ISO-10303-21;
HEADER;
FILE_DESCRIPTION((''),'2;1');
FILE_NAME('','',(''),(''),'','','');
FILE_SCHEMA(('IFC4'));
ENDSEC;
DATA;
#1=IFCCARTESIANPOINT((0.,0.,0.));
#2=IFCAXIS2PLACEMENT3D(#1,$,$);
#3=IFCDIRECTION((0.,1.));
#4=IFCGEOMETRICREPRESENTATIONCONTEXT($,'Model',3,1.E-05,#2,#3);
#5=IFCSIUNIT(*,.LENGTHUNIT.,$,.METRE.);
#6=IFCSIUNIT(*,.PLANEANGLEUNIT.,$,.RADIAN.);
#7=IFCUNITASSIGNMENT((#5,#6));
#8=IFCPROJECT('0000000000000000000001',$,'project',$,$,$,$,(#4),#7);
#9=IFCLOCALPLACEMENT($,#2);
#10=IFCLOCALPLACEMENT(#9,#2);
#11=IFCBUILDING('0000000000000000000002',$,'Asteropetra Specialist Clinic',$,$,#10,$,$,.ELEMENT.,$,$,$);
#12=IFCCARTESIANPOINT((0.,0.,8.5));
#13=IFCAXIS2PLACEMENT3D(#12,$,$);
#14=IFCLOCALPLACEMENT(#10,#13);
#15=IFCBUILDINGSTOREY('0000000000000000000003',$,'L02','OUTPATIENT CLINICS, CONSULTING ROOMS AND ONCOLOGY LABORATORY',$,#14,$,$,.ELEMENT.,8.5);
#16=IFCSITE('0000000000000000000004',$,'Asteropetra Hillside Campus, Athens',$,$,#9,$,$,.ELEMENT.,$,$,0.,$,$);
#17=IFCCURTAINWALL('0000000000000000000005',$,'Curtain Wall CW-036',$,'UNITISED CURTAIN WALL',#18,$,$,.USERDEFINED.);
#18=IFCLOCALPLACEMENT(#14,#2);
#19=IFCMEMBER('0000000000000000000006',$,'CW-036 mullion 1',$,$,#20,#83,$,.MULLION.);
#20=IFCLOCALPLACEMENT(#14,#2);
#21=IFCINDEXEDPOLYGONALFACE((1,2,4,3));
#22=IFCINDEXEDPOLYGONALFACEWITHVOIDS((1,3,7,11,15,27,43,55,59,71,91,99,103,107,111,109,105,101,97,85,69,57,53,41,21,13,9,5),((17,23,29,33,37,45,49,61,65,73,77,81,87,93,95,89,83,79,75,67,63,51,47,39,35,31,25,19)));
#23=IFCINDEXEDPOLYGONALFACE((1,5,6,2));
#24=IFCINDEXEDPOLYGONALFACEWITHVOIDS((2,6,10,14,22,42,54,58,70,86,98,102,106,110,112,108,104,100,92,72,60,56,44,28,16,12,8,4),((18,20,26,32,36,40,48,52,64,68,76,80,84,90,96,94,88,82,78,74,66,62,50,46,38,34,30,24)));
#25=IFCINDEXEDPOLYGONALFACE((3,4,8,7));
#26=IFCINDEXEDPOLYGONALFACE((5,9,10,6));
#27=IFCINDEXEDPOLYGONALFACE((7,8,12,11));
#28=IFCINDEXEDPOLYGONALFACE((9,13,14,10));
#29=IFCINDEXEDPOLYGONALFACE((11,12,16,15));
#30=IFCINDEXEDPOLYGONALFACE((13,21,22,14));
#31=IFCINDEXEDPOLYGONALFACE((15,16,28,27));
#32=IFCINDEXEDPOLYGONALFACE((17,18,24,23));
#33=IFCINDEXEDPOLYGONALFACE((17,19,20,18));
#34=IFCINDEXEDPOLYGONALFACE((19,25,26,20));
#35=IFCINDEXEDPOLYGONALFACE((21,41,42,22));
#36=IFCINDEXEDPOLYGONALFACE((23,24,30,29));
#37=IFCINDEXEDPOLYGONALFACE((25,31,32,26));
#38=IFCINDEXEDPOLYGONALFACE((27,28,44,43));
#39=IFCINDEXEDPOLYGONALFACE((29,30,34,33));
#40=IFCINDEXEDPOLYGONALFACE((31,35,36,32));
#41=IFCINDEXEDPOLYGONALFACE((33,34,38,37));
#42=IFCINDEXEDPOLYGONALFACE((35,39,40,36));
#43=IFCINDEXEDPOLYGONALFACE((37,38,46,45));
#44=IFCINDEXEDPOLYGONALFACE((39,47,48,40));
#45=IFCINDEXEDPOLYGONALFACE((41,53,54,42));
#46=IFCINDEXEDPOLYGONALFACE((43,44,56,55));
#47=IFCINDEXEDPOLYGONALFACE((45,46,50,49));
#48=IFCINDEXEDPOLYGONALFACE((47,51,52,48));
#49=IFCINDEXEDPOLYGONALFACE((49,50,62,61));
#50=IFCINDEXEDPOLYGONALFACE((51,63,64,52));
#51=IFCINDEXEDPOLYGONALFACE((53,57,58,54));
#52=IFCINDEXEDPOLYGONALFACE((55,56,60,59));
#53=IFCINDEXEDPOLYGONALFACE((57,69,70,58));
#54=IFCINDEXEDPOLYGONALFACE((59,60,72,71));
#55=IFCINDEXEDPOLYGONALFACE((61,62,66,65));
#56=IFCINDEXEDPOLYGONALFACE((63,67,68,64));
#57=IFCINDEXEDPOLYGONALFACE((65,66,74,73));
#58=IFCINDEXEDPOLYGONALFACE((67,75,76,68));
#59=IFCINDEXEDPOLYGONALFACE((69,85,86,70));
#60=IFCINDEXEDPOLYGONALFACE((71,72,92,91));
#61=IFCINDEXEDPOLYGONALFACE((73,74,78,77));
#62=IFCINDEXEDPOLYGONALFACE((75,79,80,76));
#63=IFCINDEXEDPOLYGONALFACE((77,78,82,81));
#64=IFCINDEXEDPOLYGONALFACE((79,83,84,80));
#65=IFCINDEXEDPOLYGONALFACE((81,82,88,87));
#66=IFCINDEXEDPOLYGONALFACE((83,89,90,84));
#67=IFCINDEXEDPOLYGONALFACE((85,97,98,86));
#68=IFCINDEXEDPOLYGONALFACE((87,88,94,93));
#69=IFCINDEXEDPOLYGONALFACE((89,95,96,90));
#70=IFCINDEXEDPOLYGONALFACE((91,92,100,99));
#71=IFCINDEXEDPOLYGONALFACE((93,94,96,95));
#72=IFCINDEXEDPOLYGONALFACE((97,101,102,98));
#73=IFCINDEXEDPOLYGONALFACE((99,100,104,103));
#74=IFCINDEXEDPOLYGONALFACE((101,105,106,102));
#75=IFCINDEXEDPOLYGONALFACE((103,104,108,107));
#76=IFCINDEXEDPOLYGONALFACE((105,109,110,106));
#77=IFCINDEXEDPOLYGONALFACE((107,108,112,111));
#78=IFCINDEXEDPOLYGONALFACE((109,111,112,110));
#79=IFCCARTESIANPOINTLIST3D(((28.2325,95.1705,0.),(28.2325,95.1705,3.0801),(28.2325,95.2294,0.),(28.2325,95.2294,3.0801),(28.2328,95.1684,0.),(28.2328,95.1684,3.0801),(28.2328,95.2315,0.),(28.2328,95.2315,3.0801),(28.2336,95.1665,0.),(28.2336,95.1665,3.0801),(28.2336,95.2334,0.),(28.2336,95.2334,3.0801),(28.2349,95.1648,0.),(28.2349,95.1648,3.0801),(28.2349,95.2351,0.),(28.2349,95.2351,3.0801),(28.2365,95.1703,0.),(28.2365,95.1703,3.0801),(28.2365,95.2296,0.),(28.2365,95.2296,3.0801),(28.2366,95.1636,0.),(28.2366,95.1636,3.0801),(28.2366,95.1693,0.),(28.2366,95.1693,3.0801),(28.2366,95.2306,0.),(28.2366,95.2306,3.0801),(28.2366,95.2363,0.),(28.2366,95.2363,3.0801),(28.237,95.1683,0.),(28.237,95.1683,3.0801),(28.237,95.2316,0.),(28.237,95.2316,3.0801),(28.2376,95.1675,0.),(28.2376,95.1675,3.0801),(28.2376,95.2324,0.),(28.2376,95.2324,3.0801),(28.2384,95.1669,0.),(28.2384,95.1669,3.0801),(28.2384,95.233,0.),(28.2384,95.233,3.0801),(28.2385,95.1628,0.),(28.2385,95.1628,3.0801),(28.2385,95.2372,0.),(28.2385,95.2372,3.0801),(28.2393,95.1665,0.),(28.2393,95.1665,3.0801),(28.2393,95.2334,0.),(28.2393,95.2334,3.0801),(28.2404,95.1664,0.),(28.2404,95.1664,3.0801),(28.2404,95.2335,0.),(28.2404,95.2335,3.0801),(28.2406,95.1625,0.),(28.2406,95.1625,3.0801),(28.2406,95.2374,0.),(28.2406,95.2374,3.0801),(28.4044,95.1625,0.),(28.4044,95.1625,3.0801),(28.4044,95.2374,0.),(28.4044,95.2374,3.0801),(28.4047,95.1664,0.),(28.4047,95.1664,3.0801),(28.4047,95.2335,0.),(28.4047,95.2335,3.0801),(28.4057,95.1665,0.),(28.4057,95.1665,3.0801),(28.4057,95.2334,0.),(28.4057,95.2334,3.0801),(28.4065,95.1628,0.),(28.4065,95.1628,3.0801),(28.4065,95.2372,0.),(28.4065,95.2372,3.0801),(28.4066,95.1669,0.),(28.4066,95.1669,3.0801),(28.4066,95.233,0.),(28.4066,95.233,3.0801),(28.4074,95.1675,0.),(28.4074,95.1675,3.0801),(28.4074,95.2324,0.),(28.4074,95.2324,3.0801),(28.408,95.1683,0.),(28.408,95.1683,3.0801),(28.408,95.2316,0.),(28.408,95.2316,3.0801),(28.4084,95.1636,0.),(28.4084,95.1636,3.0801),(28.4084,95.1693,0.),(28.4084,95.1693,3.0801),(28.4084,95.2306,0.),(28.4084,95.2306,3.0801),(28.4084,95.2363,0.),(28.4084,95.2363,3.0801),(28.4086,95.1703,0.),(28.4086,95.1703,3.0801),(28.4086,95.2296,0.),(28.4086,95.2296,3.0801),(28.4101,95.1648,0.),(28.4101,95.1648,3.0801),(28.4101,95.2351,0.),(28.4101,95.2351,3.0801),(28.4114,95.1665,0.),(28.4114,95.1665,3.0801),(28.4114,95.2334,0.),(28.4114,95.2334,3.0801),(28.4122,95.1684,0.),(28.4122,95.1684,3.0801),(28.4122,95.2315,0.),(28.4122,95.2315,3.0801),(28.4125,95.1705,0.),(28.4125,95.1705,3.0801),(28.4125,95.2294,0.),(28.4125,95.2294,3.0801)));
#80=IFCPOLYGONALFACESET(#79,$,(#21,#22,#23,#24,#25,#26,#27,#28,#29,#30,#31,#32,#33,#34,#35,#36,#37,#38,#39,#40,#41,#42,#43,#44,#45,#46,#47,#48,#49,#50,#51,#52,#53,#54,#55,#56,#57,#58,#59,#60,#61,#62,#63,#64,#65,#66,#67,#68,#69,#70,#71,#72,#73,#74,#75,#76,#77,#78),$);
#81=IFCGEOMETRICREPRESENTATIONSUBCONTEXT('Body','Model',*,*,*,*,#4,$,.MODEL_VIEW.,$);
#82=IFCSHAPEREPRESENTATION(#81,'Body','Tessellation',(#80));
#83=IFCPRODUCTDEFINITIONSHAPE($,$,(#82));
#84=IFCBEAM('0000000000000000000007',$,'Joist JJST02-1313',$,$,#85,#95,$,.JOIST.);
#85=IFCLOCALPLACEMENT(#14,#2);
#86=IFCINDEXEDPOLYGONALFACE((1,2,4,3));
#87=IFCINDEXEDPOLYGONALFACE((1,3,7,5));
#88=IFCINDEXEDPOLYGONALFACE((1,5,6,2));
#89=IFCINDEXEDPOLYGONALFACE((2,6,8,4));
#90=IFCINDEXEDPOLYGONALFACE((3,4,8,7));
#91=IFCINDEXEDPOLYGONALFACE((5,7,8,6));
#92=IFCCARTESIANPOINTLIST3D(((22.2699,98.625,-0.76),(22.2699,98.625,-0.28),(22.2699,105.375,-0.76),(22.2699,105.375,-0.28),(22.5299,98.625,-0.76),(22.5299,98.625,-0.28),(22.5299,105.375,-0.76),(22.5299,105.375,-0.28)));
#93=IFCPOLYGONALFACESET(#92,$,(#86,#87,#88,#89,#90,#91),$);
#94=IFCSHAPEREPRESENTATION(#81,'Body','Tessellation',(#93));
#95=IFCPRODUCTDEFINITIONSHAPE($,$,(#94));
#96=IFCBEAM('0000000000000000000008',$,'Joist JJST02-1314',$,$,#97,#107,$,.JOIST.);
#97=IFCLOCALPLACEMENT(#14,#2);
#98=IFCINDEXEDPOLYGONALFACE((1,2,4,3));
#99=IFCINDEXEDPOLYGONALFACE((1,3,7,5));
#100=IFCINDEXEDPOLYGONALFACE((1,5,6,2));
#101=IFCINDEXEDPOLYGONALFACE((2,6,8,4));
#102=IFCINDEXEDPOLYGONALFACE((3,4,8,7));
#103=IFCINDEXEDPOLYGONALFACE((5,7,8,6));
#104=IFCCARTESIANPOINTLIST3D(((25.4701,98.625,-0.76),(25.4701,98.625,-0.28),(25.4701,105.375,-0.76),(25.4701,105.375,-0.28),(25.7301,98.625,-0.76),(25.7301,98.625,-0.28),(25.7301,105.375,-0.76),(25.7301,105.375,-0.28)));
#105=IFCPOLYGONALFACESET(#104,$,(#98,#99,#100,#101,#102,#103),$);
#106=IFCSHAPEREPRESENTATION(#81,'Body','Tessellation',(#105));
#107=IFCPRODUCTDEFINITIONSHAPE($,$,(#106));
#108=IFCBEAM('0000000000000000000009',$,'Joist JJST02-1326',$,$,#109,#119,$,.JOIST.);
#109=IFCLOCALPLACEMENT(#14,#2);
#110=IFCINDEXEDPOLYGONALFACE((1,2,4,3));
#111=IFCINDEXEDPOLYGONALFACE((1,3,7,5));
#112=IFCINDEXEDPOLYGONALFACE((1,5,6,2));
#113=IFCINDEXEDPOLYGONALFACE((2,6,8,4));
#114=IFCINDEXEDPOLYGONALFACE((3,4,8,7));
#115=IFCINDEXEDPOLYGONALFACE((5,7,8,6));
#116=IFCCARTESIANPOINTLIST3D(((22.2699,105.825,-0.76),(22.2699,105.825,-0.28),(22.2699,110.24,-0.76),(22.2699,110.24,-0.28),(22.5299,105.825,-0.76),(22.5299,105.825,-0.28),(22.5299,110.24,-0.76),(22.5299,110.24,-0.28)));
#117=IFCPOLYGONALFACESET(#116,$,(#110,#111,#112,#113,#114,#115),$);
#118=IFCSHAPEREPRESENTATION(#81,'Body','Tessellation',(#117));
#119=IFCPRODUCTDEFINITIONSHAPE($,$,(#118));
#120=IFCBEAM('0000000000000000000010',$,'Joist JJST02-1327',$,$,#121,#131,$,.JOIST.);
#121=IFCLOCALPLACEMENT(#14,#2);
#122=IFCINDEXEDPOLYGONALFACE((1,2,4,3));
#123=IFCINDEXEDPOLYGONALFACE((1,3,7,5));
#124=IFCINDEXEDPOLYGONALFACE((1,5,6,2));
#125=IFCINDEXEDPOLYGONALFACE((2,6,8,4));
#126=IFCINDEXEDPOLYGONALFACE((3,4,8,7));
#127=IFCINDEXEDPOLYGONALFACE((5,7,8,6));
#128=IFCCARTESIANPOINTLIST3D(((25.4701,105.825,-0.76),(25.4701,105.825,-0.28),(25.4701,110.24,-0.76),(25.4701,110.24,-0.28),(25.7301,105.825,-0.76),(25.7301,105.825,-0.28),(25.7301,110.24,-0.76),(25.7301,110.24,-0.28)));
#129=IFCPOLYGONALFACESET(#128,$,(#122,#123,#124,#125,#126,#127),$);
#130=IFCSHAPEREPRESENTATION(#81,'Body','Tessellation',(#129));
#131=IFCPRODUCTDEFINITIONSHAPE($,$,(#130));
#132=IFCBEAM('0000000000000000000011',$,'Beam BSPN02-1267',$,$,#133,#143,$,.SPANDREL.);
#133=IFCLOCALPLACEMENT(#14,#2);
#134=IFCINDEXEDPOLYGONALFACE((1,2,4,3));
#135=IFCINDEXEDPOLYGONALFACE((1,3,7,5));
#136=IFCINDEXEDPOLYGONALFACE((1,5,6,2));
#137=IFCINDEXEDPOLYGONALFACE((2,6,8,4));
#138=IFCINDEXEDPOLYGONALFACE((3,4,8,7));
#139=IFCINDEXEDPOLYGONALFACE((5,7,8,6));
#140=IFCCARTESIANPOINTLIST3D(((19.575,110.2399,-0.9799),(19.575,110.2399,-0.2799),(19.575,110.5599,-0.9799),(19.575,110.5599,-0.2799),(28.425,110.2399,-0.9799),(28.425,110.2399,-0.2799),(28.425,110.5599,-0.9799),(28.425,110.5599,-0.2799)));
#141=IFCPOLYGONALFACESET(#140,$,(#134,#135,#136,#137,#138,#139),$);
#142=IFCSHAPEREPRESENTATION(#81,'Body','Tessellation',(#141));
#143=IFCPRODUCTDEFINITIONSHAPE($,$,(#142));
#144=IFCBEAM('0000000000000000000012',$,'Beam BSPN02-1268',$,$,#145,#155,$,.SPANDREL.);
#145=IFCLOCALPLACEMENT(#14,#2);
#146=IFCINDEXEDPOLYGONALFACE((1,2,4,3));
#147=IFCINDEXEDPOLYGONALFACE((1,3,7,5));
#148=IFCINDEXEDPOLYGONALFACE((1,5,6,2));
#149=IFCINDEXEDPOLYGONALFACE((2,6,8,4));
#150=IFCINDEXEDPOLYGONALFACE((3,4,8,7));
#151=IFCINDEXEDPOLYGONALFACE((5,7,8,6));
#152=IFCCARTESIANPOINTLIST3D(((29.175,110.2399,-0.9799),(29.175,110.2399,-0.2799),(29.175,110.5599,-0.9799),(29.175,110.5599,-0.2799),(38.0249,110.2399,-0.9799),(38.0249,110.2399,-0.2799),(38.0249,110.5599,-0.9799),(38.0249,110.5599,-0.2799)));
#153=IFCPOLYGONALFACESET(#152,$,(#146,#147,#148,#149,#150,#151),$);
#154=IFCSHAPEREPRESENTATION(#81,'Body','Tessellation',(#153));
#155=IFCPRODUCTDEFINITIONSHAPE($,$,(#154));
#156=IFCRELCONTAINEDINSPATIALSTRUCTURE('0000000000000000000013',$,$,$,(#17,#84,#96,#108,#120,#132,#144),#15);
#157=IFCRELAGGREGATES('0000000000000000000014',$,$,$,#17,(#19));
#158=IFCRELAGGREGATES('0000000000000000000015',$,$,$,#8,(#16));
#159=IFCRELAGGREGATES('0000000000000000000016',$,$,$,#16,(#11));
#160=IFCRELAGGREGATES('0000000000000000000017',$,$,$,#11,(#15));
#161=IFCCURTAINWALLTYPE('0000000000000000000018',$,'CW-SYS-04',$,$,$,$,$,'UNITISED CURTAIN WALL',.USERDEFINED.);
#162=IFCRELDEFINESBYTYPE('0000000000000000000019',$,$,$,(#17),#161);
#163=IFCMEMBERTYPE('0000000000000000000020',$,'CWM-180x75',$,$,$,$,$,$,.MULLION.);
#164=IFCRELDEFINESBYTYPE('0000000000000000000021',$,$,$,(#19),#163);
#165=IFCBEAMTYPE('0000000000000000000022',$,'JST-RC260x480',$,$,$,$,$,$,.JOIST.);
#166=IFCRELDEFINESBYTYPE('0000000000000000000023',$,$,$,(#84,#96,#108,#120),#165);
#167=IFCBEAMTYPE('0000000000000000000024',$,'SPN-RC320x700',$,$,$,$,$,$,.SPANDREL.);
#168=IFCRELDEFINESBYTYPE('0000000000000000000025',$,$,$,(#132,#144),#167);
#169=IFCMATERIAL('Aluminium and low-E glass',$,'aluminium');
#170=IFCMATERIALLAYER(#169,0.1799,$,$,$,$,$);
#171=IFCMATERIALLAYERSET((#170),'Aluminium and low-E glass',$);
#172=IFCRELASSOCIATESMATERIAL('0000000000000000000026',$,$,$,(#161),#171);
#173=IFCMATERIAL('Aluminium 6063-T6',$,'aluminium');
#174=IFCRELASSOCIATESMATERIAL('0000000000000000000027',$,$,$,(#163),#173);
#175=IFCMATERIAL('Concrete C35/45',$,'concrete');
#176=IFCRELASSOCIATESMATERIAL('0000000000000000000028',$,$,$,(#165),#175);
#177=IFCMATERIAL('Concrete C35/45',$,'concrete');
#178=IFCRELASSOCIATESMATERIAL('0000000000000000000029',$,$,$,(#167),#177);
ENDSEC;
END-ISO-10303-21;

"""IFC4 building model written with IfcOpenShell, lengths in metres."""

from ifc_helpers import new_model, si_unit, direction, frame, origin, origin_2d, place, context, subcontext, project, spatial, rectangle, hollow_rectangle, extrude, material, layer, layer_set, material_profile, profile_set, type_object, element, aggregate, save


model = new_model("IFC4")

# Units and contexts
model_context = context("Model", 3, precision=1e-05, world=origin(), true_north=direction((0.0, 1.0)))
body_context = subcontext(model_context, "Body", "Model", "MODEL_VIEW")
ifc_project = project(units=[si_unit("LENGTHUNIT", "METRE"), si_unit("PLANEANGLEUNIT", "RADIAN")], contexts=[model_context])

# Site, building, storey
site_placement = place(None, origin())
site = spatial("IfcSite", under=ifc_project, at=site_placement, Name="Asteropetra Hillside Campus, Athens", CompositionType="ELEMENT", RefElevation=0.0)
building_placement = place(site_placement, origin())
building = spatial("IfcBuilding", under=site, at=building_placement, Name="Asteropetra Specialist Clinic", CompositionType="ELEMENT")
storey_placement = place(building_placement, frame((0.0, 0.0, 8.5)))
storey = spatial("IfcBuildingStorey", under=building, at=storey_placement, Name="L02", Description="OUTPATIENT CLINICS, CONSULTING ROOMS AND ONCOLOGY LABORATORY", CompositionType="ELEMENT", Elevation=8.5)

# Curtain wall, member
ifc_material_1 = material(Name="Aluminium and low-E glass", Category="aluminium")
ifc_layer_1 = layer(ifc_material_1, 0.1799)
ifc_layer_set_1 = layer_set([ifc_layer_1], Name="Aluminium and low-E glass")
curtain_wall_type = type_object("IfcCurtainWallType", Name="CW-SYS-04", ElementType="UNITISED CURTAIN WALL", PredefinedType="USERDEFINED", material=ifc_layer_set_1)
curtain_wall_placement = place(storey_placement, origin())
curtain_wall = element("IfcCurtainWall", 1, at=curtain_wall_placement, inside=storey, type_object=curtain_wall_type, Name="Curtain Wall CW-036", ObjectType="UNITISED CURTAIN WALL", PredefinedType="USERDEFINED")
ifc_material_2 = material(Name="Aluminium 6063-T6", Category="aluminium")
ifc_material_profile_1 = material_profile(ifc_material_2, hollow_rectangle(XDim=0.075, YDim=0.1799, WallThickness=0.0039, InnerFilletRadius=0.0039, OuterFilletRadius=0.0081, at=origin_2d()), Name="MUL 180x75x4.0")
ifc_profile_set_1 = profile_set([ifc_material_profile_1], Name="Aluminium 6063-T6")
member_type = type_object("IfcMemberType", Name="CWM-180x75", PredefinedType="MULLION", material=ifc_profile_set_1)
member_placement = place(storey_placement, frame((28.3225, 95.2, 0.0), z_axis=(0.0, 0.0, 1.0), x_axis=(0.0, -1.0, 0.0)))
member = element("IfcMember", 2, at=member_placement, type_object=member_type, Name="CW-036 mullion 1", PredefinedType="MULLION", context=body_context, shape_type="SweptSolid", body=[
    extrude(hollow_rectangle(XDim=0.075, YDim=0.1799, WallThickness=0.0039, InnerFilletRadius=0.0039, OuterFilletRadius=0.0081, at=origin_2d()), origin(), (0.0, 0.0, 1.0), 3.0801),
])
aggregate(curtain_wall, [member])

# Beams
ifc_material_3 = material(Name="Concrete C35/45", Category="concrete")
ifc_material_profile_2 = material_profile(ifc_material_3, rectangle(XDim=0.26, YDim=0.48, at=origin_2d()), Name="RCJ 260x480")
ifc_profile_set_2 = profile_set([ifc_material_profile_2], Name="Concrete C35/45")
beam_type_1 = type_object("IfcBeamType", Name="JST-RC260x480", PredefinedType="JOIST", material=ifc_profile_set_2)
for number, where, z_axis, x_axis, name in (
    (3, (22.3999, 98.625, -0.52), (0.0, 1.0, 0.0), (-1.0, 0.0, 0.0), "Joist JJST02-1313"),
    (4, (25.6001, 98.625, -0.52), (0.0, 1.0, 0.0), (-1.0, 0.0, 0.0), "Joist JJST02-1314"),
):
    element("IfcBeam", number, at=place(storey_placement, frame(where, z_axis=z_axis, x_axis=x_axis)), inside=storey, type_object=beam_type_1, Name=name, PredefinedType="JOIST", context=body_context, shape_type="SweptSolid", body=[
        extrude(rectangle(XDim=0.26, YDim=0.48, at=origin_2d()), origin(), (0.0, 0.0, 1.0), 6.75),
    ])
for number, where, z_axis, x_axis, name in (
    (5, (22.3999, 105.825, -0.52), (0.0, 1.0, 0.0), (-1.0, 0.0, 0.0), "Joist JJST02-1326"),
    (6, (25.6001, 105.825, -0.52), (0.0, 1.0, 0.0), (-1.0, 0.0, 0.0), "Joist JJST02-1327"),
):
    element("IfcBeam", number, at=place(storey_placement, frame(where, z_axis=z_axis, x_axis=x_axis)), inside=storey, type_object=beam_type_1, Name=name, PredefinedType="JOIST", context=body_context, shape_type="SweptSolid", body=[
        extrude(rectangle(XDim=0.26, YDim=0.48, at=origin_2d()), origin(), (0.0, 0.0, 1.0), 4.415),
    ])
ifc_material_4 = material(Name="Concrete C35/45", Category="concrete")
ifc_material_profile_3 = material_profile(ifc_material_4, rectangle(XDim=0.3201, YDim=0.7, at=origin_2d()), Name="RCS 320x700")
ifc_profile_set_3 = profile_set([ifc_material_profile_3], Name="Concrete C35/45")
beam_type_2 = type_object("IfcBeamType", Name="SPN-RC320x700", PredefinedType="SPANDREL", material=ifc_profile_set_3)
beam_1_placement = place(storey_placement, frame((19.575, 110.3999, -0.6299), z_axis=(1.0, 0.0, 0.0), x_axis=(0.0, 1.0, 0.0)))
element("IfcBeam", 7, at=beam_1_placement, inside=storey, type_object=beam_type_2, Name="Beam BSPN02-1267", PredefinedType="SPANDREL", context=body_context, shape_type="SweptSolid", body=[
    extrude(rectangle(XDim=0.3201, YDim=0.7, at=origin_2d()), origin(), (0.0, 0.0, 1.0), 8.8501),
])
beam_2_placement = place(storey_placement, frame((29.175, 110.3999, -0.6299), z_axis=(1.0, 0.0, 0.0), x_axis=(0.0, 1.0, 0.0)))
element("IfcBeam", 8, at=beam_2_placement, inside=storey, type_object=beam_type_2, Name="Beam BSPN02-1268", PredefinedType="SPANDREL", context=body_context, shape_type="SweptSolid", body=[
    extrude(rectangle(XDim=0.3201, YDim=0.7, at=origin_2d()), origin(), (0.0, 0.0, 1.0), 8.8499),
])

save(model, "model.ifc")
